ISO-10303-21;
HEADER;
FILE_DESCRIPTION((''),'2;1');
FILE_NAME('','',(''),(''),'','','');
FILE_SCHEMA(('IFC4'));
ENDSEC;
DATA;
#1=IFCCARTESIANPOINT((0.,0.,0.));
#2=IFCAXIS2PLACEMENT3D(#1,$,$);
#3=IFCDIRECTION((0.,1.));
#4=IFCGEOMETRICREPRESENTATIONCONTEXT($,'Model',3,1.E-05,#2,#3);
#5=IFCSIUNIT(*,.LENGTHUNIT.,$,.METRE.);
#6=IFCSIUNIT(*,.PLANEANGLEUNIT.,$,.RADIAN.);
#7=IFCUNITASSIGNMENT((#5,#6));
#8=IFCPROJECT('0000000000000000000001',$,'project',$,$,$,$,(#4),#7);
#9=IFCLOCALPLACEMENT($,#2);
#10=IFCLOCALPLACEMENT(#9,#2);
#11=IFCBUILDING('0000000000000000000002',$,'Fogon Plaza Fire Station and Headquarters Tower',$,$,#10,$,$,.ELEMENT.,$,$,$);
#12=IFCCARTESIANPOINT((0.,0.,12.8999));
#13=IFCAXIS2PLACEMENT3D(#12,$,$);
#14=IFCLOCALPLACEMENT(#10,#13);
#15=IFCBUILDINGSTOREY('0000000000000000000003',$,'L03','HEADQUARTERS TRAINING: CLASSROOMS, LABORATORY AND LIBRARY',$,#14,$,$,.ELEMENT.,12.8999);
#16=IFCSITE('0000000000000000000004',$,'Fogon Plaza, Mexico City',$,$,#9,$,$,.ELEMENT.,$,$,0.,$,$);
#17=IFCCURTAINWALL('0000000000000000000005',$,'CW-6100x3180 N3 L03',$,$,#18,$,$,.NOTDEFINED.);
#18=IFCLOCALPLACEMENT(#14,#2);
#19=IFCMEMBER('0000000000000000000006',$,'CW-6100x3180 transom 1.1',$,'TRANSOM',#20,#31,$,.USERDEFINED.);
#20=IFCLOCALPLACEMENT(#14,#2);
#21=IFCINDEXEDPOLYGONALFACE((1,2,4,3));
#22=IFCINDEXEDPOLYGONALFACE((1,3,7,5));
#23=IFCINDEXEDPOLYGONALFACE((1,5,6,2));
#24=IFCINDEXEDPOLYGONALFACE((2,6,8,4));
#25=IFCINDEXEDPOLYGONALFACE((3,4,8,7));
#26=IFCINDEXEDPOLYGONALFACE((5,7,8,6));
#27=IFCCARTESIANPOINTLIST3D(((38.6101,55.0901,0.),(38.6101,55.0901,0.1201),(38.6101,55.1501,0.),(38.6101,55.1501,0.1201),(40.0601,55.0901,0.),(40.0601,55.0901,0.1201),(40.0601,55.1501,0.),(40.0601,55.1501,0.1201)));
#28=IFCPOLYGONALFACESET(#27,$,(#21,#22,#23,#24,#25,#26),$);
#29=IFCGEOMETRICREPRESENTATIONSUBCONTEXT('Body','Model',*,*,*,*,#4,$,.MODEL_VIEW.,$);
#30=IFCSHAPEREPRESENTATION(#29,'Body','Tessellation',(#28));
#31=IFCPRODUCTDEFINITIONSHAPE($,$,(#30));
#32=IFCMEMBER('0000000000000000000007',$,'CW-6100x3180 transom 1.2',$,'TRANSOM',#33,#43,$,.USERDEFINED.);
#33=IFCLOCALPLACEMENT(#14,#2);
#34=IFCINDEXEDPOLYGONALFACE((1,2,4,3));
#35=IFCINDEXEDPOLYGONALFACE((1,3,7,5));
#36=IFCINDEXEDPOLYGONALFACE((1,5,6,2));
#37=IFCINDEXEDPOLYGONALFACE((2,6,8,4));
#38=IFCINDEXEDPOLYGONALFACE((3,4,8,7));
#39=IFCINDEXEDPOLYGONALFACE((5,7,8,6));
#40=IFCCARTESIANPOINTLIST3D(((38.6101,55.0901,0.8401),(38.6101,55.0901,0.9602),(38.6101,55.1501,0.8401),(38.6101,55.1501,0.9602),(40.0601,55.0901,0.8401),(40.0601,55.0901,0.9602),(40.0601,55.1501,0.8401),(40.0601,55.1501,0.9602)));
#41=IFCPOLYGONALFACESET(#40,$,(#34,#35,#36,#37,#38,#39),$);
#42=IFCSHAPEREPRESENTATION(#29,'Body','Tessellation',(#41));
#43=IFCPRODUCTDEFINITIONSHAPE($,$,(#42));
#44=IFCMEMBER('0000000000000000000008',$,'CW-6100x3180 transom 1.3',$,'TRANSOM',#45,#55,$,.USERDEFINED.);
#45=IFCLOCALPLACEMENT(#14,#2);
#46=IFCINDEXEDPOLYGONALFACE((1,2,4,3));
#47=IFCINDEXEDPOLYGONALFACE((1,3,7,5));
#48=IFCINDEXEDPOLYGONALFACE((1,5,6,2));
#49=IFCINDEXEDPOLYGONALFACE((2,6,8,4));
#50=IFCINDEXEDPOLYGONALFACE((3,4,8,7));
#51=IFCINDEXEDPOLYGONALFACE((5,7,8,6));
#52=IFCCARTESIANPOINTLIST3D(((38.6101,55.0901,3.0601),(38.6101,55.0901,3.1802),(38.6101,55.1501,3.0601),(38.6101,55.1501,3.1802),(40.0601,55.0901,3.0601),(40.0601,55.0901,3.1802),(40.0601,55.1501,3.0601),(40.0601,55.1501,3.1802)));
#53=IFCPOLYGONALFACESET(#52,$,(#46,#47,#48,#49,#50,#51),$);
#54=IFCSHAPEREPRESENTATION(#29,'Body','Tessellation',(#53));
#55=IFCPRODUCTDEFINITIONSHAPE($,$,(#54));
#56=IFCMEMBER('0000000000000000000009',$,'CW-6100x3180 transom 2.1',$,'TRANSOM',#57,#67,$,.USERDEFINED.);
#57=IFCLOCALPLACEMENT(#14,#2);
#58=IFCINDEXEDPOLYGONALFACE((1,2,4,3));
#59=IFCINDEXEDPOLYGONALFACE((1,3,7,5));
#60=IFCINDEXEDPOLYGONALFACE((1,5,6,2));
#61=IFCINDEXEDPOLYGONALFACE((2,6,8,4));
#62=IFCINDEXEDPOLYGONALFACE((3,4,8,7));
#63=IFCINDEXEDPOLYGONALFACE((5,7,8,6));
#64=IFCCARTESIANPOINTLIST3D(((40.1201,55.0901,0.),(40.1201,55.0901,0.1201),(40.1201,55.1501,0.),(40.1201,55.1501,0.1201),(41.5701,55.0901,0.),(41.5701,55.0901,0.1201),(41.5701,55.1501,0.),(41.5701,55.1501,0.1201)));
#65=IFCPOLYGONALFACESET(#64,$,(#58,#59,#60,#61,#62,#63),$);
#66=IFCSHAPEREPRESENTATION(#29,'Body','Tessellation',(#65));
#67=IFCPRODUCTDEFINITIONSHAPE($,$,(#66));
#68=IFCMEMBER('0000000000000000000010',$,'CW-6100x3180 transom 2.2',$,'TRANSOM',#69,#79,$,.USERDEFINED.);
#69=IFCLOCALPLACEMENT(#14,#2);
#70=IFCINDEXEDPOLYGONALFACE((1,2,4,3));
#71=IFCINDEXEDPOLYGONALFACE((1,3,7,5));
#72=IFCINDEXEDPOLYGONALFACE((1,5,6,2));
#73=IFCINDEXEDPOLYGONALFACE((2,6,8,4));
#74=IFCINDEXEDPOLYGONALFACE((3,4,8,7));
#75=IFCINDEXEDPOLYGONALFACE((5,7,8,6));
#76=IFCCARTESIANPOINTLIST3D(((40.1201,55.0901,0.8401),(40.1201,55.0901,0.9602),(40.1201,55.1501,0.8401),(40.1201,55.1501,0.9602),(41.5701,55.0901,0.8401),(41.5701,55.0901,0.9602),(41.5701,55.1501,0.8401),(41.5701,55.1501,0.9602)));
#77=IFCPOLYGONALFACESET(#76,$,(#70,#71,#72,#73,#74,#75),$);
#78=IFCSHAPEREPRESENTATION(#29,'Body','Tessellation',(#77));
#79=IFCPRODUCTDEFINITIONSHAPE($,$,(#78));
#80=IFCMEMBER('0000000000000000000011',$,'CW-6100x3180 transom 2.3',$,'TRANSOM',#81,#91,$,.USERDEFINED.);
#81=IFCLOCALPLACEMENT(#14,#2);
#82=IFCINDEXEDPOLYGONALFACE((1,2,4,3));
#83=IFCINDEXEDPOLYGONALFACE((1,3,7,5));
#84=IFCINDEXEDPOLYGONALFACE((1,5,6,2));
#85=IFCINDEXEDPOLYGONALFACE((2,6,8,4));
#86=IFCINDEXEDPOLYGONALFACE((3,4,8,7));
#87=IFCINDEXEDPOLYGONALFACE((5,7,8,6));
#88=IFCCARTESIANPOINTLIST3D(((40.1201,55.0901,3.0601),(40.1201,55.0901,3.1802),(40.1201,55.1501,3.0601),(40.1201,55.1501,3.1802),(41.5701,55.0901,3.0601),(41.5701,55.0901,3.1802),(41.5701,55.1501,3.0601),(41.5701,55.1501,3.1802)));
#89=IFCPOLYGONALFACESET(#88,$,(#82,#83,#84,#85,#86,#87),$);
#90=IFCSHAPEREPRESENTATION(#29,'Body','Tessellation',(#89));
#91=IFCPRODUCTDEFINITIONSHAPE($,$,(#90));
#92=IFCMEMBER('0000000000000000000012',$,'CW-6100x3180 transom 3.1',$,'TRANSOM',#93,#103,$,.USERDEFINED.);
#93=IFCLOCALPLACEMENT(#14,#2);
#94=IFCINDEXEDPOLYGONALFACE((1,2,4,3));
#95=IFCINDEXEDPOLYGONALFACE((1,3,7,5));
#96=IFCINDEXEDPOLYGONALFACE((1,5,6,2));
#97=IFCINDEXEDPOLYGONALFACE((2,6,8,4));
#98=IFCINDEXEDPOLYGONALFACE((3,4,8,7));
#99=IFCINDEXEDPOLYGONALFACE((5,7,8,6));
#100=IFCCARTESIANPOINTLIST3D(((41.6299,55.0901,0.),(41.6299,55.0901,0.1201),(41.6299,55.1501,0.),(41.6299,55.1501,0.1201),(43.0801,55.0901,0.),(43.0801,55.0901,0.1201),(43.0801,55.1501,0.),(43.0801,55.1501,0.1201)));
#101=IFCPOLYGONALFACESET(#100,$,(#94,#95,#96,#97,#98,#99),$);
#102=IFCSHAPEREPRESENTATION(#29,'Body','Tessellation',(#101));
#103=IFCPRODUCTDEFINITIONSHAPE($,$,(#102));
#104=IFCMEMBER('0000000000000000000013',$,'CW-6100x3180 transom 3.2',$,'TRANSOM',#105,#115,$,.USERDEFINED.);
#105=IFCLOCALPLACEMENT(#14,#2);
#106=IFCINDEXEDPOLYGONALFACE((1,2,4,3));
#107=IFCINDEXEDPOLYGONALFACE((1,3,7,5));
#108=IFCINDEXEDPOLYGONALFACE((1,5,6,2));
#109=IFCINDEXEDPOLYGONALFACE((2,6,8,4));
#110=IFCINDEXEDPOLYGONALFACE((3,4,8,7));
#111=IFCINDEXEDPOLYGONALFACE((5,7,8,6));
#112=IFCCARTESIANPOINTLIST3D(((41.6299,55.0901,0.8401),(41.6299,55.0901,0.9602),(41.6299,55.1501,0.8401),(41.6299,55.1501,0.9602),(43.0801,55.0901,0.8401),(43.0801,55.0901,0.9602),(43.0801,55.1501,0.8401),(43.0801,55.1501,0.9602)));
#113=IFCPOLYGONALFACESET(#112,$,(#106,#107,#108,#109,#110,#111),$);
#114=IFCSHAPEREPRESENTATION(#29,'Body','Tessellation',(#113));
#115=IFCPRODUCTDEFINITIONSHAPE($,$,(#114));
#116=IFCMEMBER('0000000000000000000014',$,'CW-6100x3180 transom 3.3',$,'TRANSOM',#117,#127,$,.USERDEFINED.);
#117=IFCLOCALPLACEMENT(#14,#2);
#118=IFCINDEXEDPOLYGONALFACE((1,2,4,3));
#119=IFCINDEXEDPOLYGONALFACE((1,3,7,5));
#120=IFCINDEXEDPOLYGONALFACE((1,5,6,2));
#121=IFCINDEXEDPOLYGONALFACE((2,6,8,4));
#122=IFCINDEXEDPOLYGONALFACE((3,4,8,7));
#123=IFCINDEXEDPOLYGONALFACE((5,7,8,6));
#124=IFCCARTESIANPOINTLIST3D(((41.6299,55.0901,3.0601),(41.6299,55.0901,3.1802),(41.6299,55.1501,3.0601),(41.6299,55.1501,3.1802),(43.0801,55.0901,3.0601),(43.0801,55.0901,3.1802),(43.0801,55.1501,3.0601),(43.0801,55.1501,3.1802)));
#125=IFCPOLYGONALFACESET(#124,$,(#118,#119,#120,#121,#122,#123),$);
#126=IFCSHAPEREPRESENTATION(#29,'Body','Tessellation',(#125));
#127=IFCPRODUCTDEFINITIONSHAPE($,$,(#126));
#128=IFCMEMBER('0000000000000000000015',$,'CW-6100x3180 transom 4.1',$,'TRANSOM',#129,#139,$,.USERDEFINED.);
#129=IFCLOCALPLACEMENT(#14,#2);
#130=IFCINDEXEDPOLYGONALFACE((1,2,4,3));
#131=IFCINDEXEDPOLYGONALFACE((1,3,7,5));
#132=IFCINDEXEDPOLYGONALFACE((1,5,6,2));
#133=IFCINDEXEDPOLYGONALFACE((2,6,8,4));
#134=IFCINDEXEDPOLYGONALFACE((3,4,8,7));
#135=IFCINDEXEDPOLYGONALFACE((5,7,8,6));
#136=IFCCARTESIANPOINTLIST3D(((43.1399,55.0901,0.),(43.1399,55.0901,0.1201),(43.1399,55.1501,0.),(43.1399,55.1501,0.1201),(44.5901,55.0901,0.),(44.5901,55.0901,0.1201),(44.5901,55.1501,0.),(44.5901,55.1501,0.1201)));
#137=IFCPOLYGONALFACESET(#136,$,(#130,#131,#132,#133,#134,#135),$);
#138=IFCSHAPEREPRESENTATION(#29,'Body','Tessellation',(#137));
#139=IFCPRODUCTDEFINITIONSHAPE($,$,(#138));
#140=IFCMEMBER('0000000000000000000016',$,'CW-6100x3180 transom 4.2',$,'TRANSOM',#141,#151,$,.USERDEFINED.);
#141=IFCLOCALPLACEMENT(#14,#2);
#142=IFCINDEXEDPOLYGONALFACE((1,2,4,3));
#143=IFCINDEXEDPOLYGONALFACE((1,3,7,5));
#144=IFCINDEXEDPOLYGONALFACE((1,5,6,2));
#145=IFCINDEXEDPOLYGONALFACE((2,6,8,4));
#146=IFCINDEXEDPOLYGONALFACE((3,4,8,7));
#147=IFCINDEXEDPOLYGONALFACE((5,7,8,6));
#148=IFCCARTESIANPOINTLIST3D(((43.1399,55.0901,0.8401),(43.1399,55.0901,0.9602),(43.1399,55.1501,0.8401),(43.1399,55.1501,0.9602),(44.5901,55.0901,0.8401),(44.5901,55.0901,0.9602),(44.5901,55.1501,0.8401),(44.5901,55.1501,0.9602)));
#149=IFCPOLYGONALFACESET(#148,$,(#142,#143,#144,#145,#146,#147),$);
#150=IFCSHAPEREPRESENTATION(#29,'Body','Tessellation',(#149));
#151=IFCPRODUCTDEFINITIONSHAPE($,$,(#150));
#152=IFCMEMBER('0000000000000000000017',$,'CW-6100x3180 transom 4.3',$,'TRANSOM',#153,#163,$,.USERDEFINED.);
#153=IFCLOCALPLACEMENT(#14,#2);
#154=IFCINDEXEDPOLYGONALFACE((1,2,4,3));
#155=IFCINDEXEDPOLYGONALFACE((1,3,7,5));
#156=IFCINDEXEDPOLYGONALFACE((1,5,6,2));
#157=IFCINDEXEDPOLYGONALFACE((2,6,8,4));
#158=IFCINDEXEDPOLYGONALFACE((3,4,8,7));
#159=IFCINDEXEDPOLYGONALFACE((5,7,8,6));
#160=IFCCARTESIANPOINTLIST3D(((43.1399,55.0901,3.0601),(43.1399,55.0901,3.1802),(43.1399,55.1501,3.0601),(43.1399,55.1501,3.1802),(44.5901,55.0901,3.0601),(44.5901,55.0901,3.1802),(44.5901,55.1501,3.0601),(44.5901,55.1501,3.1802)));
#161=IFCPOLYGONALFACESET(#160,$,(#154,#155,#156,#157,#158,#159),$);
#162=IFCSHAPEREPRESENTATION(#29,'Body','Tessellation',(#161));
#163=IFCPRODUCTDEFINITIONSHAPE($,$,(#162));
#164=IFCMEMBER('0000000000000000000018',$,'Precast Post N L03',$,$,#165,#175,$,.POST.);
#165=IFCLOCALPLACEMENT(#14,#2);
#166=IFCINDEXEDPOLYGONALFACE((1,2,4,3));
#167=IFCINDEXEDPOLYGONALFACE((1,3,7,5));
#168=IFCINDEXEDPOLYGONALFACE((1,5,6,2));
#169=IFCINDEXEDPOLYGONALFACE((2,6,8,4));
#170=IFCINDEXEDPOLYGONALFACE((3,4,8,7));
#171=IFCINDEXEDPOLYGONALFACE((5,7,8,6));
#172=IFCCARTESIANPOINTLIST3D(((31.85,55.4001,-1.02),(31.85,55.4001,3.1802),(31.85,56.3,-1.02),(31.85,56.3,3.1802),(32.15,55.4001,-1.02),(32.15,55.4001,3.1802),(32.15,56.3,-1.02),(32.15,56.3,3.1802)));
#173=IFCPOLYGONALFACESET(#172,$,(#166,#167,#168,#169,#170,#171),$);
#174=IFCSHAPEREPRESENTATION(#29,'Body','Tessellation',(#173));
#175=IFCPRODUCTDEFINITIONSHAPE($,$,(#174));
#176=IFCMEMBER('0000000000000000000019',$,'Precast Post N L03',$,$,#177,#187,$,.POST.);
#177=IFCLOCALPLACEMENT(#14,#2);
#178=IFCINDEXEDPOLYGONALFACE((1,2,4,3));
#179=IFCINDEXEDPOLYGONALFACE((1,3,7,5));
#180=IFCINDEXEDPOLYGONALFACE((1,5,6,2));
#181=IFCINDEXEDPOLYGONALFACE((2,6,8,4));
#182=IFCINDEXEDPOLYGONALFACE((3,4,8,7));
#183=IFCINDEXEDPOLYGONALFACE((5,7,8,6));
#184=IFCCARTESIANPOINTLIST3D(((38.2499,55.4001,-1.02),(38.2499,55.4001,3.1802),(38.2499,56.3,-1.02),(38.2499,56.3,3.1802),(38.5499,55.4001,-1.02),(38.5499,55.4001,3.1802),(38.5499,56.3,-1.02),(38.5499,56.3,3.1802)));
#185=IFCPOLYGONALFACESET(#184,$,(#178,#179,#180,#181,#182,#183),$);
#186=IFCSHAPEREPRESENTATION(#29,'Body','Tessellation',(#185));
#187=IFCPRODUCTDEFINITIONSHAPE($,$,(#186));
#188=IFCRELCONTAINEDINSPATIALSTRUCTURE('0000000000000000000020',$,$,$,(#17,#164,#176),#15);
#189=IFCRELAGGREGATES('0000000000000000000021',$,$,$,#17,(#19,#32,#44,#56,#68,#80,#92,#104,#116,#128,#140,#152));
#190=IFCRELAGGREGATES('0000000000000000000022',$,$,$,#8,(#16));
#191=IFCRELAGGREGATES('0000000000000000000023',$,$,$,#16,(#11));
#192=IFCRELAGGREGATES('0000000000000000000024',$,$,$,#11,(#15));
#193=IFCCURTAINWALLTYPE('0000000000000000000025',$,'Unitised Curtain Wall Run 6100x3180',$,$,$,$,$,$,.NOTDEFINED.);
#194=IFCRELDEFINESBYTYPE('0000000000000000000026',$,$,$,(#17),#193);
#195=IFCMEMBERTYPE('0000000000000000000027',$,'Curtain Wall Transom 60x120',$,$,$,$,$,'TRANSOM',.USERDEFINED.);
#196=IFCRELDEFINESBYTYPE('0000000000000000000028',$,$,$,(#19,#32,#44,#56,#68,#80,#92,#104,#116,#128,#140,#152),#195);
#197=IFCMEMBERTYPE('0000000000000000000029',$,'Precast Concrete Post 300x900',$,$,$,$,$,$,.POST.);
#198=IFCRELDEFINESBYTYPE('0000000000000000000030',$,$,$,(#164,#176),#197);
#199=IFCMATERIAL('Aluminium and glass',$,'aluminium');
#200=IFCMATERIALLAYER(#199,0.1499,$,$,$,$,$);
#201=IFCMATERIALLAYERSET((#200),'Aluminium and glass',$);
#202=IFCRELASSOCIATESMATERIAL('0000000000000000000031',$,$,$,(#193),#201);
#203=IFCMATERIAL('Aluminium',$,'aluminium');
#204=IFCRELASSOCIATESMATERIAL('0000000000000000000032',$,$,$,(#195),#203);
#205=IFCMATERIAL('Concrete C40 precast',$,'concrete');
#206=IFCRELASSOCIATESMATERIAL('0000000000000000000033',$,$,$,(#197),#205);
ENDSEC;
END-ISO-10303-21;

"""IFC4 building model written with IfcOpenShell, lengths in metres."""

from ifc_helpers import new_model, si_unit, direction, frame, origin, origin_2d, place, context, subcontext, project, spatial, rectangle, extrude, material, layer, layer_set, material_profile, profile_set, type_object, element, aggregate, save


model = new_model("IFC4")

# Units and contexts
model_context = context("Model", 3, precision=1e-05, world=origin(), true_north=direction((0.0, 1.0)))
body_context = subcontext(model_context, "Body", "Model", "MODEL_VIEW")
ifc_project = project(units=[si_unit("LENGTHUNIT", "METRE"), si_unit("PLANEANGLEUNIT", "RADIAN")], contexts=[model_context])

# Site, building, storey
site_placement = place(None, origin())
site = spatial("IfcSite", under=ifc_project, at=site_placement, Name="Fogon Plaza, Mexico City", CompositionType="ELEMENT", RefElevation=0.0)
building_placement = place(site_placement, origin())
building = spatial("IfcBuilding", under=site, at=building_placement, Name="Fogon Plaza Fire Station and Headquarters Tower", CompositionType="ELEMENT")
storey_placement = place(building_placement, frame((0.0, 0.0, 12.8999)))
storey = spatial("IfcBuildingStorey", under=building, at=storey_placement, Name="L03", Description="HEADQUARTERS TRAINING: CLASSROOMS, LABORATORY AND LIBRARY", CompositionType="ELEMENT", Elevation=12.8999)

# Curtain wall
ifc_material_1 = material(Name="Aluminium and glass", Category="aluminium")
ifc_layer_1 = layer(ifc_material_1, 0.1499)
ifc_layer_set_1 = layer_set([ifc_layer_1], Name="Aluminium and glass")
curtain_wall_type = type_object("IfcCurtainWallType", Name="Unitised Curtain Wall Run 6100x3180", PredefinedType="NOTDEFINED", material=ifc_layer_set_1)
curtain_wall_1_placement = place(storey_placement, origin())
curtain_wall_1 = element("IfcCurtainWall", 1, at=curtain_wall_1_placement, inside=storey, type_object=curtain_wall_type, Name="CW-6100x3180 N3 L03", PredefinedType="NOTDEFINED")

# Members
ifc_material_2 = material(Name="Aluminium", Category="aluminium")
ifc_material_profile_1 = material_profile(ifc_material_2, rectangle(XDim=0.0601, YDim=0.1201, at=origin_2d()), Name="Curtain Wall Transom 60x120")
ifc_profile_set_1 = profile_set([ifc_material_profile_1], Name="Aluminium")
member_type_1 = type_object("IfcMemberType", Name="Curtain Wall Transom 60x120", ElementType="TRANSOM", PredefinedType="USERDEFINED", material=ifc_profile_set_1)
member_1_placement = place(storey_placement, frame((38.6101, 55.1201, 0.0601), z_axis=(1.0, 0.0, 0.0), x_axis=(0.0, 1.0, 0.0)))
member_1 = element("IfcMember", 2, at=member_1_placement, type_object=member_type_1, Name="CW-6100x3180 transom 1.1", ObjectType="TRANSOM", PredefinedType="USERDEFINED", context=body_context, shape_type="SweptSolid", body=[
    extrude(rectangle(XDim=0.0601, YDim=0.1201, at=origin_2d()), origin(), (0.0, 0.0, 1.0), 1.45),
])
member_2_placement = place(storey_placement, frame((38.6101, 55.1201, 0.9001), z_axis=(1.0, 0.0, 0.0), x_axis=(0.0, 1.0, 0.0)))
member_2 = element("IfcMember", 3, at=member_2_placement, type_object=member_type_1, Name="CW-6100x3180 transom 1.2", ObjectType="TRANSOM", PredefinedType="USERDEFINED", context=body_context, shape_type="SweptSolid", body=[
    extrude(rectangle(XDim=0.0601, YDim=0.1201, at=origin_2d()), origin(), (0.0, 0.0, 1.0), 1.45),
])
member_3_placement = place(storey_placement, frame((38.6101, 55.1201, 3.1201), z_axis=(1.0, 0.0, 0.0), x_axis=(0.0, 1.0, 0.0)))
member_3 = element("IfcMember", 4, at=member_3_placement, type_object=member_type_1, Name="CW-6100x3180 transom 1.3", ObjectType="TRANSOM", PredefinedType="USERDEFINED", context=body_context, shape_type="SweptSolid", body=[
    extrude(rectangle(XDim=0.0601, YDim=0.1201, at=origin_2d()), origin(), (0.0, 0.0, 1.0), 1.45),
])
member_4_placement = place(storey_placement, frame((40.1201, 55.1201, 0.0601), z_axis=(1.0, 0.0, 0.0), x_axis=(0.0, 1.0, 0.0)))
member_4 = element("IfcMember", 5, at=member_4_placement, type_object=member_type_1, Name="CW-6100x3180 transom 2.1", ObjectType="TRANSOM", PredefinedType="USERDEFINED", context=body_context, shape_type="SweptSolid", body=[
    extrude(rectangle(XDim=0.0601, YDim=0.1201, at=origin_2d()), origin(), (0.0, 0.0, 1.0), 1.45),
])
member_5_placement = place(storey_placement, frame((40.1201, 55.1201, 0.9001), z_axis=(1.0, 0.0, 0.0), x_axis=(0.0, 1.0, 0.0)))
member_5 = element("IfcMember", 6, at=member_5_placement, type_object=member_type_1, Name="CW-6100x3180 transom 2.2", ObjectType="TRANSOM", PredefinedType="USERDEFINED", context=body_context, shape_type="SweptSolid", body=[
    extrude(rectangle(XDim=0.0601, YDim=0.1201, at=origin_2d()), origin(), (0.0, 0.0, 1.0), 1.45),
])
member_6_placement = place(storey_placement, frame((40.1201, 55.1201, 3.1201), z_axis=(1.0, 0.0, 0.0), x_axis=(0.0, 1.0, 0.0)))
member_6 = element("IfcMember", 7, at=member_6_placement, type_object=member_type_1, Name="CW-6100x3180 transom 2.3", ObjectType="TRANSOM", PredefinedType="USERDEFINED", context=body_context, shape_type="SweptSolid", body=[
    extrude(rectangle(XDim=0.0601, YDim=0.1201, at=origin_2d()), origin(), (0.0, 0.0, 1.0), 1.45),
])
member_7_placement = place(storey_placement, frame((41.6299, 55.1201, 0.0601), z_axis=(1.0, 0.0, 0.0), x_axis=(0.0, 1.0, 0.0)))
member_7 = element("IfcMember", 8, at=member_7_placement, type_object=member_type_1, Name="CW-6100x3180 transom 3.1", ObjectType="TRANSOM", PredefinedType="USERDEFINED", context=body_context, shape_type="SweptSolid", body=[
    extrude(rectangle(XDim=0.0601, YDim=0.1201, at=origin_2d()), origin(), (0.0, 0.0, 1.0), 1.4502),
])
member_8_placement = place(storey_placement, frame((41.6299, 55.1201, 0.9001), z_axis=(1.0, 0.0, 0.0), x_axis=(0.0, 1.0, 0.0)))
member_8 = element("IfcMember", 9, at=member_8_placement, type_object=member_type_1, Name="CW-6100x3180 transom 3.2", ObjectType="TRANSOM", PredefinedType="USERDEFINED", context=body_context, shape_type="SweptSolid", body=[
    extrude(rectangle(XDim=0.0601, YDim=0.1201, at=origin_2d()), origin(), (0.0, 0.0, 1.0), 1.4502),
])
member_9_placement = place(storey_placement, frame((41.6299, 55.1201, 3.1201), z_axis=(1.0, 0.0, 0.0), x_axis=(0.0, 1.0, 0.0)))
member_9 = element("IfcMember", 10, at=member_9_placement, type_object=member_type_1, Name="CW-6100x3180 transom 3.3", ObjectType="TRANSOM", PredefinedType="USERDEFINED", context=body_context, shape_type="SweptSolid", body=[
    extrude(rectangle(XDim=0.0601, YDim=0.1201, at=origin_2d()), origin(), (0.0, 0.0, 1.0), 1.4502),
])
member_10_placement = place(storey_placement, frame((43.1399, 55.1201, 0.0601), z_axis=(1.0, 0.0, 0.0), x_axis=(0.0, 1.0, 0.0)))
member_10 = element("IfcMember", 11, at=member_10_placement, type_object=member_type_1, Name="CW-6100x3180 transom 4.1", ObjectType="TRANSOM", PredefinedType="USERDEFINED", context=body_context, shape_type="SweptSolid", body=[
    extrude(rectangle(XDim=0.0601, YDim=0.1201, at=origin_2d()), origin(), (0.0, 0.0, 1.0), 1.4502),
])
member_11_placement = place(storey_placement, frame((43.1399, 55.1201, 0.9001), z_axis=(1.0, 0.0, 0.0), x_axis=(0.0, 1.0, 0.0)))
member_11 = element("IfcMember", 12, at=member_11_placement, type_object=member_type_1, Name="CW-6100x3180 transom 4.2", ObjectType="TRANSOM", PredefinedType="USERDEFINED", context=body_context, shape_type="SweptSolid", body=[
    extrude(rectangle(XDim=0.0601, YDim=0.1201, at=origin_2d()), origin(), (0.0, 0.0, 1.0), 1.4502),
])
member_12_placement = place(storey_placement, frame((43.1399, 55.1201, 3.1201), z_axis=(1.0, 0.0, 0.0), x_axis=(0.0, 1.0, 0.0)))
member_12 = element("IfcMember", 13, at=member_12_placement, type_object=member_type_1, Name="CW-6100x3180 transom 4.3", ObjectType="TRANSOM", PredefinedType="USERDEFINED", context=body_context, shape_type="SweptSolid", body=[
    extrude(rectangle(XDim=0.0601, YDim=0.1201, at=origin_2d()), origin(), (0.0, 0.0, 1.0), 1.4502),
])

# Members
ifc_material_3 = material(Name="Concrete C40 precast", Category="concrete")
ifc_material_profile_2 = material_profile(ifc_material_3, rectangle(XDim=0.3, YDim=0.8999, at=origin_2d()), Name="Precast Concrete Post 300x900")
ifc_profile_set_2 = profile_set([ifc_material_profile_2], Name="Concrete C40 precast")
member_type_2 = type_object("IfcMemberType", Name="Precast Concrete Post 300x900", PredefinedType="POST", material=ifc_profile_set_2)
for number, where, z_axis, x_axis, name in (
    (14, (32.0, 55.8501, -1.02), (0.0, 0.0, 1.0), (1.0, 0.0, 0.0), "Precast Post N L03"),
    (15, (38.3999, 55.8501, -1.02), (0.0, 0.0, 1.0), (1.0, 0.0, 0.0), "Precast Post N L03"),
):
    element("IfcMember", number, at=place(storey_placement, frame(where, z_axis=z_axis, x_axis=x_axis)), inside=storey, type_object=member_type_2, Name=name, PredefinedType="POST", context=body_context, shape_type="SweptSolid", body=[
        extrude(rectangle(XDim=0.3, YDim=0.8999, at=origin_2d()), origin(), (0.0, 0.0, 1.0), 4.2002),
    ])

aggregate(curtain_wall_1, [member_1, member_2, member_3, member_4, member_5, member_6, member_7, member_8, member_9, member_10, member_11, member_12])

save(model, "model.ifc")
